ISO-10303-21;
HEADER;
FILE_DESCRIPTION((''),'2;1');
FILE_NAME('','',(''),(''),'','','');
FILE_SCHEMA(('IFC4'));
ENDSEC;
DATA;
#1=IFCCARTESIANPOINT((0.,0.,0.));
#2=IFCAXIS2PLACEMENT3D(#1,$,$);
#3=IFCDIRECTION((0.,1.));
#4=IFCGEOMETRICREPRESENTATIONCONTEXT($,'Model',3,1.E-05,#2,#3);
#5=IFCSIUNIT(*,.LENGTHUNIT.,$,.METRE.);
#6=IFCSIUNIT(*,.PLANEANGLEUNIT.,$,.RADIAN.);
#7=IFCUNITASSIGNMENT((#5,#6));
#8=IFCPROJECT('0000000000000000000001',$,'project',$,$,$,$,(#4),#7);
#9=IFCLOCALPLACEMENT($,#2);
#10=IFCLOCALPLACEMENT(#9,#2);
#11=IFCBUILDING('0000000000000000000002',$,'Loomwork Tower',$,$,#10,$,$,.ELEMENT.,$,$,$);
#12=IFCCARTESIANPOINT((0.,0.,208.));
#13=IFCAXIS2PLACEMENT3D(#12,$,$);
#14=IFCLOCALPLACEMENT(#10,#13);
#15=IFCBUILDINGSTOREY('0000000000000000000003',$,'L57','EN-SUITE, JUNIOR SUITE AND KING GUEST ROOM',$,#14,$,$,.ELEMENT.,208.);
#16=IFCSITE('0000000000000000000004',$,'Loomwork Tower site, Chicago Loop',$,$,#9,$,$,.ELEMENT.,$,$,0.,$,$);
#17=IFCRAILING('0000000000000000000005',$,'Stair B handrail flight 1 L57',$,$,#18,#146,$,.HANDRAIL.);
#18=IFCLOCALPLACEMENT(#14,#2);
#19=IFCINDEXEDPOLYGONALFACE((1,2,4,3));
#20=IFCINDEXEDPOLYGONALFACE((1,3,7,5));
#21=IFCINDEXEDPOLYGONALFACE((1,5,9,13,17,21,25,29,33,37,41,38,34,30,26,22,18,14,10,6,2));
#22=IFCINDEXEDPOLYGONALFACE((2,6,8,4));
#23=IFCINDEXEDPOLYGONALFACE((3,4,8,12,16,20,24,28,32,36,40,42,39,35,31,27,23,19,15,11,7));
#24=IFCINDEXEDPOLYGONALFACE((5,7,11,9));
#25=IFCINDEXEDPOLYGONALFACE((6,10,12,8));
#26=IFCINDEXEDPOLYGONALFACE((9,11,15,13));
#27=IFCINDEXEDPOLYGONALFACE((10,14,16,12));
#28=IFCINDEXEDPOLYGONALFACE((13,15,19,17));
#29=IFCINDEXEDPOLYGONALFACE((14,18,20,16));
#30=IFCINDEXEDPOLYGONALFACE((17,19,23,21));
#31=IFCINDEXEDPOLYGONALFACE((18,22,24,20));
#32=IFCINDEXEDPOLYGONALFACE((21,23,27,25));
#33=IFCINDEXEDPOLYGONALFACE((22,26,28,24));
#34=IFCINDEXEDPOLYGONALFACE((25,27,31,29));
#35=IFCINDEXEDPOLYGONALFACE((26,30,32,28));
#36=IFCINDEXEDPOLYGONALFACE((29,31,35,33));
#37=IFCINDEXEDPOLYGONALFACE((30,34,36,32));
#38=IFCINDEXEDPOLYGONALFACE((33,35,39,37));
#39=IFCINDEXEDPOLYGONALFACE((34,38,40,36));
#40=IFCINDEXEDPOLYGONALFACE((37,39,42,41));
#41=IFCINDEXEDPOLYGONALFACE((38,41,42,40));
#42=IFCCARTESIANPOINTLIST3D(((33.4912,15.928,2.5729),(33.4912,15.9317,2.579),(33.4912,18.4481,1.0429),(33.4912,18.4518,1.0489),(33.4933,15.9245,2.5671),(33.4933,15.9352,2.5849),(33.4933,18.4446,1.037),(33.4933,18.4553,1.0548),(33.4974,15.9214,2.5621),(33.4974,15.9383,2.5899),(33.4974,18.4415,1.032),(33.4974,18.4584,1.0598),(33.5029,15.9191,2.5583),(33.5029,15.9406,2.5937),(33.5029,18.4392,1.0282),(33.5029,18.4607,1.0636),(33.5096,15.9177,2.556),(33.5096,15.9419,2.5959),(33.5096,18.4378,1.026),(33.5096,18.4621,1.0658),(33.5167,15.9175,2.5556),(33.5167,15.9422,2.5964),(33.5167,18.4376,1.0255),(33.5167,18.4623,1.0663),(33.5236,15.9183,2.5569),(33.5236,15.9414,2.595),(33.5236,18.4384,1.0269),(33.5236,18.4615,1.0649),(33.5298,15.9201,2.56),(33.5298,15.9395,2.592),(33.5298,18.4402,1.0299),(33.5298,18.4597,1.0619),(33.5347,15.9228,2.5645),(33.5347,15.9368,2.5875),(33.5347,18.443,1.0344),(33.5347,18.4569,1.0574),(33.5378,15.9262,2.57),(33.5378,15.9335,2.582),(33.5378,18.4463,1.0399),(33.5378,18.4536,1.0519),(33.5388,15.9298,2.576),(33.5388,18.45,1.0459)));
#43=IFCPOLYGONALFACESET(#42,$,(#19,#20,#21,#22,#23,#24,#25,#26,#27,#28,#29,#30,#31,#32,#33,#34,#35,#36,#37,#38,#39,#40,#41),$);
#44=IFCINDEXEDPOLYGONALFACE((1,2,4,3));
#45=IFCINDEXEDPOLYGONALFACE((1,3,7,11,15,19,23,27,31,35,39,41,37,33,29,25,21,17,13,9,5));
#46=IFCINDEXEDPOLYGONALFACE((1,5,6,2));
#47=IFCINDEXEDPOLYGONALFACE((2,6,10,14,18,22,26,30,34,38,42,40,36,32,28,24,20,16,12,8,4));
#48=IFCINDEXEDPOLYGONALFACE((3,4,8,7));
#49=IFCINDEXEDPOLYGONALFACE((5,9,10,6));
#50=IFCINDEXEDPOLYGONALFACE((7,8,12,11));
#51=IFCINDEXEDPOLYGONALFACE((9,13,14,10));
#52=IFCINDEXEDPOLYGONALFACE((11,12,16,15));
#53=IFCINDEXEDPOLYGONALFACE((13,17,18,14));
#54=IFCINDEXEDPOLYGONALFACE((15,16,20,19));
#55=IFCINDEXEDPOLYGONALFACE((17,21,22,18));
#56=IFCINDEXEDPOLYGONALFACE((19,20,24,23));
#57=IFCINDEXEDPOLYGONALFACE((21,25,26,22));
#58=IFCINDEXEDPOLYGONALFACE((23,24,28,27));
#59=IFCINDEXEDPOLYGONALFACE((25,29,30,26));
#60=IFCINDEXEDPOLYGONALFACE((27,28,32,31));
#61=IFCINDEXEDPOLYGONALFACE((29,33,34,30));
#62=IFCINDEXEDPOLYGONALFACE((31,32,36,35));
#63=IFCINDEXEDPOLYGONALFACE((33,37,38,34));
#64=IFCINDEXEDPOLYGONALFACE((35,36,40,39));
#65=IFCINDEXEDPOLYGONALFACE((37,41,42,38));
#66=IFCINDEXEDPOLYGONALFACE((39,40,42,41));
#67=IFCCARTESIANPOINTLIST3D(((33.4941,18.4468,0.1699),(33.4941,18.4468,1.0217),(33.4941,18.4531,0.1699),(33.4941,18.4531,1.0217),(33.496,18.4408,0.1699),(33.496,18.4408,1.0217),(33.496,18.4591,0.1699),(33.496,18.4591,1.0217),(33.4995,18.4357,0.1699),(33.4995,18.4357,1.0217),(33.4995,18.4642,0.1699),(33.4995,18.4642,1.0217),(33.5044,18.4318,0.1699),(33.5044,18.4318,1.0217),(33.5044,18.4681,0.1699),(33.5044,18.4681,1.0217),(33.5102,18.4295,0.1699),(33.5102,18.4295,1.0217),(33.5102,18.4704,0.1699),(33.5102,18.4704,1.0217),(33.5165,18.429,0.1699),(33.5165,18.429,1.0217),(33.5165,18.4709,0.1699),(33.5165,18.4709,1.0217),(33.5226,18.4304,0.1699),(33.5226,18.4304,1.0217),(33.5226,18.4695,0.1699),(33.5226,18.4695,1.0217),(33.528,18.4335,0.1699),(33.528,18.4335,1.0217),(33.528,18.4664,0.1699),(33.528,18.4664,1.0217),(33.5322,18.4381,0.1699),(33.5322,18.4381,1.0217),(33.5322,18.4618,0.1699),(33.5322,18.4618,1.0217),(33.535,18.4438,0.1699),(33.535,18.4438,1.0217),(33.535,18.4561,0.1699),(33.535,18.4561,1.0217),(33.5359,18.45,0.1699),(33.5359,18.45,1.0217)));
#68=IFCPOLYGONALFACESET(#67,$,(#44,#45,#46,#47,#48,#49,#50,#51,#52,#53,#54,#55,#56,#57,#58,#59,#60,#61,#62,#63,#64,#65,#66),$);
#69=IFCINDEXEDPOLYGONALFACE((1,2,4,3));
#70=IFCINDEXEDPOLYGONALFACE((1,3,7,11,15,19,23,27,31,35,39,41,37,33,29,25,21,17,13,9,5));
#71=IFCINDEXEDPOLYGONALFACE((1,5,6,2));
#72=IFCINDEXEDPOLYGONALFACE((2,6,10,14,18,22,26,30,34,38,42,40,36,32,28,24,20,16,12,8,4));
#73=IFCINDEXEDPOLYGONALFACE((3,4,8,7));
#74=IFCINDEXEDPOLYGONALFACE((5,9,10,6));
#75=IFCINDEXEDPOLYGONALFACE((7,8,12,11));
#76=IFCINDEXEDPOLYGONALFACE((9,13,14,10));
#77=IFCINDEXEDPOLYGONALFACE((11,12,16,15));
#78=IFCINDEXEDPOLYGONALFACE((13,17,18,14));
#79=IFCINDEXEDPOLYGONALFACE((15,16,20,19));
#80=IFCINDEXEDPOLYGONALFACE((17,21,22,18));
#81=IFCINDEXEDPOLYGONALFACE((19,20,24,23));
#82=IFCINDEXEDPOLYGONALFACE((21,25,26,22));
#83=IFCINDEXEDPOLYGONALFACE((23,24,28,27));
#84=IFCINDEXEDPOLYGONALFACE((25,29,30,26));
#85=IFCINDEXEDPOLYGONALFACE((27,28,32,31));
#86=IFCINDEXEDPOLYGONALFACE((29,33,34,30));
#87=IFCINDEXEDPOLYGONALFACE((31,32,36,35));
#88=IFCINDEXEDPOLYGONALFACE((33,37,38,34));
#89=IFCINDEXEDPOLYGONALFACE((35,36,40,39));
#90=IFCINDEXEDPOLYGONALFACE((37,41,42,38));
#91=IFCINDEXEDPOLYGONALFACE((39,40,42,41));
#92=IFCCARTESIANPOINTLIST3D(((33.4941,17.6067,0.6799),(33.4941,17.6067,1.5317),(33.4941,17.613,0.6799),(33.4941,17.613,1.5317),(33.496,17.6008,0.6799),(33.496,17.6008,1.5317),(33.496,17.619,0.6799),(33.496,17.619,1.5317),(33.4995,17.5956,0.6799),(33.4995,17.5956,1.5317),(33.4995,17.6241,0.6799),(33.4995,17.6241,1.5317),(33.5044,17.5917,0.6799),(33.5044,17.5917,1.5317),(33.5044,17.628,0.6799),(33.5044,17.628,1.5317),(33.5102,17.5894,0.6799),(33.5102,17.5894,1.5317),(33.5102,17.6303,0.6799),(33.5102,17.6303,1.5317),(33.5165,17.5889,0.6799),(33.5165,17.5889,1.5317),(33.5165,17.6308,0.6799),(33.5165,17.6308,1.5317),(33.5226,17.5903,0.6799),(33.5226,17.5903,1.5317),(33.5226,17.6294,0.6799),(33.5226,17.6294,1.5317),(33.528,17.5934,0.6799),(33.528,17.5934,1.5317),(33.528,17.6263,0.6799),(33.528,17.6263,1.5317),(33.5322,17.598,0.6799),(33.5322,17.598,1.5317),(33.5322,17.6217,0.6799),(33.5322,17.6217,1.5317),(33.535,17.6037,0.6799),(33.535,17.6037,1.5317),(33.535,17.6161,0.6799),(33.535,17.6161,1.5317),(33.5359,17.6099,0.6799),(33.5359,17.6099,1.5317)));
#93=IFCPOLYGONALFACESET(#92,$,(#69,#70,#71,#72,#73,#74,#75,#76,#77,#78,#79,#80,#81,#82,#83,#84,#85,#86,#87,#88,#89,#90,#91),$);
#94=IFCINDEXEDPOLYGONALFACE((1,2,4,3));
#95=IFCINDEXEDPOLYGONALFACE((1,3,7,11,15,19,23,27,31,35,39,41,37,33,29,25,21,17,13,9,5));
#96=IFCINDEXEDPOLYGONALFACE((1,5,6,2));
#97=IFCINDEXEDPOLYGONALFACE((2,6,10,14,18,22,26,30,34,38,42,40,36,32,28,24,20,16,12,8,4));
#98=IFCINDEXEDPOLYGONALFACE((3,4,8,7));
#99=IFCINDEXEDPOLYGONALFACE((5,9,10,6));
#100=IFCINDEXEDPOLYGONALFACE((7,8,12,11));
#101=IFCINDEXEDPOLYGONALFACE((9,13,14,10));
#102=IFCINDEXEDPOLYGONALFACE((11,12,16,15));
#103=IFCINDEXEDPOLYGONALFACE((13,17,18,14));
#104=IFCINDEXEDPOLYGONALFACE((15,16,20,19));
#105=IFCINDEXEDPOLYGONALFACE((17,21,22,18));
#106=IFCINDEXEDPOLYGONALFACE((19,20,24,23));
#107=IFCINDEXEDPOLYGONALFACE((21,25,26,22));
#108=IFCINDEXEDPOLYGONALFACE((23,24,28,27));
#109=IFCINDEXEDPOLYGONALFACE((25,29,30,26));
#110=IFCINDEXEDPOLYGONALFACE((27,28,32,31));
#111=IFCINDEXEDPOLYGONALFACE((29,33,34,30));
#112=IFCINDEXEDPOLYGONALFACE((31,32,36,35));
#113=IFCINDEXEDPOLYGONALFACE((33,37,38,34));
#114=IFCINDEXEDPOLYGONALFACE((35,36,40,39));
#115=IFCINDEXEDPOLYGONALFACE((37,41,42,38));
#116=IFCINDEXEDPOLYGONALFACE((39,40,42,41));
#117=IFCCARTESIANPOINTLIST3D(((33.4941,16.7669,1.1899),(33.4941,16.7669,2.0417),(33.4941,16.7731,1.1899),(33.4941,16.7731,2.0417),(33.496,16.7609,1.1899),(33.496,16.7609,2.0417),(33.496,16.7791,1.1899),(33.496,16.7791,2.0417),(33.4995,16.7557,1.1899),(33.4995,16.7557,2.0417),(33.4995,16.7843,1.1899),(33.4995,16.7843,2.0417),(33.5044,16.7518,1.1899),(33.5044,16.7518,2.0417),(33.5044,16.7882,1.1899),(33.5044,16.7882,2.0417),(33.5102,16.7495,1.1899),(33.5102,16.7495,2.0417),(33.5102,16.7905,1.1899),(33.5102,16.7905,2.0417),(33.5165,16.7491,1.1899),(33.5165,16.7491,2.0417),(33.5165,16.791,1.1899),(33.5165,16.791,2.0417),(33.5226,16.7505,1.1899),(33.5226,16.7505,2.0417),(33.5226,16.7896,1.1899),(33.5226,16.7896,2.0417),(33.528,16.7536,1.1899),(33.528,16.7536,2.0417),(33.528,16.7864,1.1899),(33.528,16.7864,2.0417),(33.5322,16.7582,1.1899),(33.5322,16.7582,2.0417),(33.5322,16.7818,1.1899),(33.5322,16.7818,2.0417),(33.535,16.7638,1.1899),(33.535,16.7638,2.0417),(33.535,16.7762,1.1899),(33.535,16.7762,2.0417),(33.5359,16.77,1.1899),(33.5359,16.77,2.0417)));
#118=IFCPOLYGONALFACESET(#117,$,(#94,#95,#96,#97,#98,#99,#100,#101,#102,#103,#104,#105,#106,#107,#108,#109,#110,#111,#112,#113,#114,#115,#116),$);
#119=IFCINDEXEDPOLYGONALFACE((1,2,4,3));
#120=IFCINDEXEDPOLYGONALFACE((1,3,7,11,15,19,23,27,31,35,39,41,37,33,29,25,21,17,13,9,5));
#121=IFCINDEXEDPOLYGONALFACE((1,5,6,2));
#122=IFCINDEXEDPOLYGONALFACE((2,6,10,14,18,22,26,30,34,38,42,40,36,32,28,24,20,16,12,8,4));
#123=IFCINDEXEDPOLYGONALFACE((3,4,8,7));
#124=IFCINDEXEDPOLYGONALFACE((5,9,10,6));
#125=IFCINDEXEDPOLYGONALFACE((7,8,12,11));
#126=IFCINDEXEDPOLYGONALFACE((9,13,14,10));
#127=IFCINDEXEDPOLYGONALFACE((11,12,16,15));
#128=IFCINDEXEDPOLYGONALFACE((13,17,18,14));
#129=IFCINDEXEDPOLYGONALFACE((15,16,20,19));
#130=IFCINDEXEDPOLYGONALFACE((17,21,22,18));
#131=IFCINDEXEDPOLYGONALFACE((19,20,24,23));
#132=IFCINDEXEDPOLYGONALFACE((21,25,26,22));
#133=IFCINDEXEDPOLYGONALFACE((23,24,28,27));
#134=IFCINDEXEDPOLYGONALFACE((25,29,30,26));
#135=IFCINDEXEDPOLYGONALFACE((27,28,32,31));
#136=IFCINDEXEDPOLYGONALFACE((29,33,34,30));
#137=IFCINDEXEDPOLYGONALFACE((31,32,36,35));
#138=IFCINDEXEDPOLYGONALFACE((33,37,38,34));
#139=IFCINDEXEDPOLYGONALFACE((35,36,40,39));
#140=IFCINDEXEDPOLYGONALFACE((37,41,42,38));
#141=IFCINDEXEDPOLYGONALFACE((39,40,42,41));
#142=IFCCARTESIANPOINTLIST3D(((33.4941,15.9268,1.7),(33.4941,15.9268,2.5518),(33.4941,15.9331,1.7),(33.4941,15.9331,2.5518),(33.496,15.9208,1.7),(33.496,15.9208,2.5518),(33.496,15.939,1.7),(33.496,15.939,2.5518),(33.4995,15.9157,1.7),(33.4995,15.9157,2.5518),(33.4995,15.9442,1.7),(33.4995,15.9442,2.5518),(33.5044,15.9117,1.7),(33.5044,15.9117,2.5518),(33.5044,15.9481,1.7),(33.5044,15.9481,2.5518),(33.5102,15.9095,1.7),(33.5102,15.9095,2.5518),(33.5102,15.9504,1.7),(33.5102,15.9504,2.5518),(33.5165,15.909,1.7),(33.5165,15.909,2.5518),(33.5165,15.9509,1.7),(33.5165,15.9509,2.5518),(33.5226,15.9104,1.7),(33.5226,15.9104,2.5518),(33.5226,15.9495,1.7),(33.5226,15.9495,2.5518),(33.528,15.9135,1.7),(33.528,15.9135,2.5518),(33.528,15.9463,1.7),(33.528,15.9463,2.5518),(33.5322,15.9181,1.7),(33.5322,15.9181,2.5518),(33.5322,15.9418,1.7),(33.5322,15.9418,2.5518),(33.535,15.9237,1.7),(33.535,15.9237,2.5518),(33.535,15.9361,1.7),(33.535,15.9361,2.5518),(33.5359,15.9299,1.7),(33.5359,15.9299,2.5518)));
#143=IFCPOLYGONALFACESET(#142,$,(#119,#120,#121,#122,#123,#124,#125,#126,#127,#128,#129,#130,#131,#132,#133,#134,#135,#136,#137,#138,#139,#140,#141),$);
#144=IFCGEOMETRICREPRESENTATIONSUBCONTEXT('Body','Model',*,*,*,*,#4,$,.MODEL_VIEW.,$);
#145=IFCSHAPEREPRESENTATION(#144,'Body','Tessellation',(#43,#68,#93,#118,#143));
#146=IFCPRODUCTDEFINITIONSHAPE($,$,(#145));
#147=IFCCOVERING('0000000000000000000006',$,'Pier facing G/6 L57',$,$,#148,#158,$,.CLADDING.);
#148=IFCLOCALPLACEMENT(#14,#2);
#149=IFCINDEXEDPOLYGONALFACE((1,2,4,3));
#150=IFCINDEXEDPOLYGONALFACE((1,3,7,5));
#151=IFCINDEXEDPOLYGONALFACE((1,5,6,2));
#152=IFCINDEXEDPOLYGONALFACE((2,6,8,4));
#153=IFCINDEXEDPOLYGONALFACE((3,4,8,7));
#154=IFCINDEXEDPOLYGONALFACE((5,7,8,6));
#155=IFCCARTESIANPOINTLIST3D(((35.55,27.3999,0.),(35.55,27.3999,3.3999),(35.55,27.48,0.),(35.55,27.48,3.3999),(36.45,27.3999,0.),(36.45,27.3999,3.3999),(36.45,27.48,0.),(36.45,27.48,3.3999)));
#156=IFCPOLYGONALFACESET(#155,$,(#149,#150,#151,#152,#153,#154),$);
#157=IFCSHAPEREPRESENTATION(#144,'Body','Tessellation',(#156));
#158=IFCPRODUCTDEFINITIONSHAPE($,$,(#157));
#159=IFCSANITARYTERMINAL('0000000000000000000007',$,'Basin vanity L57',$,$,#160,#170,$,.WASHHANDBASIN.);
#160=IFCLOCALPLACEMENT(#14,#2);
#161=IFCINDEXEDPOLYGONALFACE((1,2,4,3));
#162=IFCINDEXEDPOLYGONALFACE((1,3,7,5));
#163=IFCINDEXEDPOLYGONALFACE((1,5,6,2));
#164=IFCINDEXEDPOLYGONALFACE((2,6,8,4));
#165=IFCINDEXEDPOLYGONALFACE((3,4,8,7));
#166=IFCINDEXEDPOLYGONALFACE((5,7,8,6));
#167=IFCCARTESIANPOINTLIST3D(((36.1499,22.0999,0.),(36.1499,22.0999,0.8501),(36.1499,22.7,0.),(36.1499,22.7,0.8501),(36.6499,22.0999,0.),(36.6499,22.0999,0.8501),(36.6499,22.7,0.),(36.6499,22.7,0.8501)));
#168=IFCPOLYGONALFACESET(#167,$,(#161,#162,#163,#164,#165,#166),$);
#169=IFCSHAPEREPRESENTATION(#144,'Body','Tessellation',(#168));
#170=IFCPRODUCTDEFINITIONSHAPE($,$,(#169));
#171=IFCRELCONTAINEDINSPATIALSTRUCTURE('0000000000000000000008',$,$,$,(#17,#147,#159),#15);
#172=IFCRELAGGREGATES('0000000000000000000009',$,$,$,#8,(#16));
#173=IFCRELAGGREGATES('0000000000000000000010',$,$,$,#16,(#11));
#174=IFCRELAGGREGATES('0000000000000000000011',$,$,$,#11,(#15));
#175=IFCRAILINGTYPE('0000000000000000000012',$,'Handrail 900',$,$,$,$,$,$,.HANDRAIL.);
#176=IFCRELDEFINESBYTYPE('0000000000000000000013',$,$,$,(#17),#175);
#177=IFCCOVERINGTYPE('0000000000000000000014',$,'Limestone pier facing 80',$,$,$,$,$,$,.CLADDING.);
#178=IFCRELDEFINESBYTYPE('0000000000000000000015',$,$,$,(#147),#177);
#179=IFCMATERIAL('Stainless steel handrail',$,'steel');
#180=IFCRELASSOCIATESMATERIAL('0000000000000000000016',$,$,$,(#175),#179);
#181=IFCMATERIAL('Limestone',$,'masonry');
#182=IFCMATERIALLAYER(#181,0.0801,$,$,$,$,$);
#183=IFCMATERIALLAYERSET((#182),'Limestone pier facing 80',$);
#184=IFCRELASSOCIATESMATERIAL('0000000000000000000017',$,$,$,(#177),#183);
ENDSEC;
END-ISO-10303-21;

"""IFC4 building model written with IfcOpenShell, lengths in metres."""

from ifc_helpers import new_model, si_unit, direction, frame, origin, origin_2d, place, context, subcontext, project, spatial, rectangle, circle, extrude, material, layer, layer_set, type_object, element, save


model = new_model("IFC4")

# Units and contexts
model_context = context("Model", 3, precision=1e-05, world=origin(), true_north=direction((0.0, 1.0)))
body_context = subcontext(model_context, "Body", "Model", "MODEL_VIEW")
ifc_project = project(units=[si_unit("LENGTHUNIT", "METRE"), si_unit("PLANEANGLEUNIT", "RADIAN")], contexts=[model_context])

# Site, building, storey
site_placement = place(None, origin())
site = spatial("IfcSite", under=ifc_project, at=site_placement, Name="Loomwork Tower site, Chicago Loop", CompositionType="ELEMENT", RefElevation=0.0)
building_placement = place(site_placement, origin())
building = spatial("IfcBuilding", under=site, at=building_placement, Name="Loomwork Tower", CompositionType="ELEMENT")
storey_placement = place(building_placement, frame((0.0, 0.0, 208.0)))
storey = spatial("IfcBuildingStorey", under=building, at=storey_placement, Name="L57", Description="EN-SUITE, JUNIOR SUITE AND KING GUEST ROOM", CompositionType="ELEMENT", Elevation=208.0)

# Railing
ifc_material_1 = material(Name="Stainless steel handrail", Category="steel")
railing_type = type_object("IfcRailingType", Name="Handrail 900", PredefinedType="HANDRAIL", material=ifc_material_1)
railing_placement = place(storey_placement, frame((33.5149, 18.45, 0.1699)))
element("IfcRailing", 1, at=railing_placement, inside=storey, type_object=railing_type, Name="Stair B handrail flight 1 L57", PredefinedType="HANDRAIL", context=body_context, shape_type="SweptSolid", body=[
    extrude(circle(Radius=0.0239, at=origin_2d()), frame((0.0, 0.0, 0.876), z_axis=(0.0, -0.854785, 0.518982), x_axis=(1.0, 0.0, 0.0)), (0.0, 0.0, 1.0), 2.9482),
    extrude(circle(Radius=0.021, at=origin_2d()), origin(), (0.0, 0.0, 1.0), 0.8518),
    extrude(circle(Radius=0.021, at=origin_2d()), frame((0.0, -0.8401, 0.51)), (0.0, 0.0, 1.0), 0.8518),
    extrude(circle(Radius=0.021, at=origin_2d()), frame((0.0, -1.6799, 1.02)), (0.0, 0.0, 1.0), 0.8518),
    extrude(circle(Radius=0.021, at=origin_2d()), frame((0.0, -2.52, 1.53)), (0.0, 0.0, 1.0), 0.8518),
])

# Covering
ifc_material_2 = material(Name="Limestone", Category="masonry")
ifc_layer_1 = layer(ifc_material_2, 0.0801)
ifc_layer_set_1 = layer_set([ifc_layer_1], Name="Limestone pier facing 80")
covering_type = type_object("IfcCoveringType", Name="Limestone pier facing 80", PredefinedType="CLADDING", material=ifc_layer_set_1)
covering_placement = place(storey_placement, frame((36.0, 27.4399, 0.0), z_axis=(0.0, 0.0, 1.0), x_axis=(1.0, 0.0, 0.0)))
element("IfcCovering", 2, at=covering_placement, inside=storey, type_object=covering_type, Name="Pier facing G/6 L57", PredefinedType="CLADDING", context=body_context, shape_type="SweptSolid", body=[
    extrude(rectangle(XDim=0.8999, YDim=0.0801, at=origin_2d()), origin(), (0.0, 0.0, 1.0), 3.3999),
])

# Sanitary terminal
sanitary_terminal_placement = place(storey_placement, frame((36.3999, 22.3999, 0.0), z_axis=(0.0, 0.0, 1.0), x_axis=(1.0, 0.0, 0.0)))
element("IfcSanitaryTerminal", 3, at=sanitary_terminal_placement, inside=storey, Name="Basin vanity L57", PredefinedType="WASHHANDBASIN", context=body_context, shape_type="SweptSolid", body=[
    extrude(rectangle(XDim=0.5, YDim=0.6001, at=origin_2d()), origin(), (0.0, 0.0, 1.0), 0.8501),
])

save(model, "model.ifc")
